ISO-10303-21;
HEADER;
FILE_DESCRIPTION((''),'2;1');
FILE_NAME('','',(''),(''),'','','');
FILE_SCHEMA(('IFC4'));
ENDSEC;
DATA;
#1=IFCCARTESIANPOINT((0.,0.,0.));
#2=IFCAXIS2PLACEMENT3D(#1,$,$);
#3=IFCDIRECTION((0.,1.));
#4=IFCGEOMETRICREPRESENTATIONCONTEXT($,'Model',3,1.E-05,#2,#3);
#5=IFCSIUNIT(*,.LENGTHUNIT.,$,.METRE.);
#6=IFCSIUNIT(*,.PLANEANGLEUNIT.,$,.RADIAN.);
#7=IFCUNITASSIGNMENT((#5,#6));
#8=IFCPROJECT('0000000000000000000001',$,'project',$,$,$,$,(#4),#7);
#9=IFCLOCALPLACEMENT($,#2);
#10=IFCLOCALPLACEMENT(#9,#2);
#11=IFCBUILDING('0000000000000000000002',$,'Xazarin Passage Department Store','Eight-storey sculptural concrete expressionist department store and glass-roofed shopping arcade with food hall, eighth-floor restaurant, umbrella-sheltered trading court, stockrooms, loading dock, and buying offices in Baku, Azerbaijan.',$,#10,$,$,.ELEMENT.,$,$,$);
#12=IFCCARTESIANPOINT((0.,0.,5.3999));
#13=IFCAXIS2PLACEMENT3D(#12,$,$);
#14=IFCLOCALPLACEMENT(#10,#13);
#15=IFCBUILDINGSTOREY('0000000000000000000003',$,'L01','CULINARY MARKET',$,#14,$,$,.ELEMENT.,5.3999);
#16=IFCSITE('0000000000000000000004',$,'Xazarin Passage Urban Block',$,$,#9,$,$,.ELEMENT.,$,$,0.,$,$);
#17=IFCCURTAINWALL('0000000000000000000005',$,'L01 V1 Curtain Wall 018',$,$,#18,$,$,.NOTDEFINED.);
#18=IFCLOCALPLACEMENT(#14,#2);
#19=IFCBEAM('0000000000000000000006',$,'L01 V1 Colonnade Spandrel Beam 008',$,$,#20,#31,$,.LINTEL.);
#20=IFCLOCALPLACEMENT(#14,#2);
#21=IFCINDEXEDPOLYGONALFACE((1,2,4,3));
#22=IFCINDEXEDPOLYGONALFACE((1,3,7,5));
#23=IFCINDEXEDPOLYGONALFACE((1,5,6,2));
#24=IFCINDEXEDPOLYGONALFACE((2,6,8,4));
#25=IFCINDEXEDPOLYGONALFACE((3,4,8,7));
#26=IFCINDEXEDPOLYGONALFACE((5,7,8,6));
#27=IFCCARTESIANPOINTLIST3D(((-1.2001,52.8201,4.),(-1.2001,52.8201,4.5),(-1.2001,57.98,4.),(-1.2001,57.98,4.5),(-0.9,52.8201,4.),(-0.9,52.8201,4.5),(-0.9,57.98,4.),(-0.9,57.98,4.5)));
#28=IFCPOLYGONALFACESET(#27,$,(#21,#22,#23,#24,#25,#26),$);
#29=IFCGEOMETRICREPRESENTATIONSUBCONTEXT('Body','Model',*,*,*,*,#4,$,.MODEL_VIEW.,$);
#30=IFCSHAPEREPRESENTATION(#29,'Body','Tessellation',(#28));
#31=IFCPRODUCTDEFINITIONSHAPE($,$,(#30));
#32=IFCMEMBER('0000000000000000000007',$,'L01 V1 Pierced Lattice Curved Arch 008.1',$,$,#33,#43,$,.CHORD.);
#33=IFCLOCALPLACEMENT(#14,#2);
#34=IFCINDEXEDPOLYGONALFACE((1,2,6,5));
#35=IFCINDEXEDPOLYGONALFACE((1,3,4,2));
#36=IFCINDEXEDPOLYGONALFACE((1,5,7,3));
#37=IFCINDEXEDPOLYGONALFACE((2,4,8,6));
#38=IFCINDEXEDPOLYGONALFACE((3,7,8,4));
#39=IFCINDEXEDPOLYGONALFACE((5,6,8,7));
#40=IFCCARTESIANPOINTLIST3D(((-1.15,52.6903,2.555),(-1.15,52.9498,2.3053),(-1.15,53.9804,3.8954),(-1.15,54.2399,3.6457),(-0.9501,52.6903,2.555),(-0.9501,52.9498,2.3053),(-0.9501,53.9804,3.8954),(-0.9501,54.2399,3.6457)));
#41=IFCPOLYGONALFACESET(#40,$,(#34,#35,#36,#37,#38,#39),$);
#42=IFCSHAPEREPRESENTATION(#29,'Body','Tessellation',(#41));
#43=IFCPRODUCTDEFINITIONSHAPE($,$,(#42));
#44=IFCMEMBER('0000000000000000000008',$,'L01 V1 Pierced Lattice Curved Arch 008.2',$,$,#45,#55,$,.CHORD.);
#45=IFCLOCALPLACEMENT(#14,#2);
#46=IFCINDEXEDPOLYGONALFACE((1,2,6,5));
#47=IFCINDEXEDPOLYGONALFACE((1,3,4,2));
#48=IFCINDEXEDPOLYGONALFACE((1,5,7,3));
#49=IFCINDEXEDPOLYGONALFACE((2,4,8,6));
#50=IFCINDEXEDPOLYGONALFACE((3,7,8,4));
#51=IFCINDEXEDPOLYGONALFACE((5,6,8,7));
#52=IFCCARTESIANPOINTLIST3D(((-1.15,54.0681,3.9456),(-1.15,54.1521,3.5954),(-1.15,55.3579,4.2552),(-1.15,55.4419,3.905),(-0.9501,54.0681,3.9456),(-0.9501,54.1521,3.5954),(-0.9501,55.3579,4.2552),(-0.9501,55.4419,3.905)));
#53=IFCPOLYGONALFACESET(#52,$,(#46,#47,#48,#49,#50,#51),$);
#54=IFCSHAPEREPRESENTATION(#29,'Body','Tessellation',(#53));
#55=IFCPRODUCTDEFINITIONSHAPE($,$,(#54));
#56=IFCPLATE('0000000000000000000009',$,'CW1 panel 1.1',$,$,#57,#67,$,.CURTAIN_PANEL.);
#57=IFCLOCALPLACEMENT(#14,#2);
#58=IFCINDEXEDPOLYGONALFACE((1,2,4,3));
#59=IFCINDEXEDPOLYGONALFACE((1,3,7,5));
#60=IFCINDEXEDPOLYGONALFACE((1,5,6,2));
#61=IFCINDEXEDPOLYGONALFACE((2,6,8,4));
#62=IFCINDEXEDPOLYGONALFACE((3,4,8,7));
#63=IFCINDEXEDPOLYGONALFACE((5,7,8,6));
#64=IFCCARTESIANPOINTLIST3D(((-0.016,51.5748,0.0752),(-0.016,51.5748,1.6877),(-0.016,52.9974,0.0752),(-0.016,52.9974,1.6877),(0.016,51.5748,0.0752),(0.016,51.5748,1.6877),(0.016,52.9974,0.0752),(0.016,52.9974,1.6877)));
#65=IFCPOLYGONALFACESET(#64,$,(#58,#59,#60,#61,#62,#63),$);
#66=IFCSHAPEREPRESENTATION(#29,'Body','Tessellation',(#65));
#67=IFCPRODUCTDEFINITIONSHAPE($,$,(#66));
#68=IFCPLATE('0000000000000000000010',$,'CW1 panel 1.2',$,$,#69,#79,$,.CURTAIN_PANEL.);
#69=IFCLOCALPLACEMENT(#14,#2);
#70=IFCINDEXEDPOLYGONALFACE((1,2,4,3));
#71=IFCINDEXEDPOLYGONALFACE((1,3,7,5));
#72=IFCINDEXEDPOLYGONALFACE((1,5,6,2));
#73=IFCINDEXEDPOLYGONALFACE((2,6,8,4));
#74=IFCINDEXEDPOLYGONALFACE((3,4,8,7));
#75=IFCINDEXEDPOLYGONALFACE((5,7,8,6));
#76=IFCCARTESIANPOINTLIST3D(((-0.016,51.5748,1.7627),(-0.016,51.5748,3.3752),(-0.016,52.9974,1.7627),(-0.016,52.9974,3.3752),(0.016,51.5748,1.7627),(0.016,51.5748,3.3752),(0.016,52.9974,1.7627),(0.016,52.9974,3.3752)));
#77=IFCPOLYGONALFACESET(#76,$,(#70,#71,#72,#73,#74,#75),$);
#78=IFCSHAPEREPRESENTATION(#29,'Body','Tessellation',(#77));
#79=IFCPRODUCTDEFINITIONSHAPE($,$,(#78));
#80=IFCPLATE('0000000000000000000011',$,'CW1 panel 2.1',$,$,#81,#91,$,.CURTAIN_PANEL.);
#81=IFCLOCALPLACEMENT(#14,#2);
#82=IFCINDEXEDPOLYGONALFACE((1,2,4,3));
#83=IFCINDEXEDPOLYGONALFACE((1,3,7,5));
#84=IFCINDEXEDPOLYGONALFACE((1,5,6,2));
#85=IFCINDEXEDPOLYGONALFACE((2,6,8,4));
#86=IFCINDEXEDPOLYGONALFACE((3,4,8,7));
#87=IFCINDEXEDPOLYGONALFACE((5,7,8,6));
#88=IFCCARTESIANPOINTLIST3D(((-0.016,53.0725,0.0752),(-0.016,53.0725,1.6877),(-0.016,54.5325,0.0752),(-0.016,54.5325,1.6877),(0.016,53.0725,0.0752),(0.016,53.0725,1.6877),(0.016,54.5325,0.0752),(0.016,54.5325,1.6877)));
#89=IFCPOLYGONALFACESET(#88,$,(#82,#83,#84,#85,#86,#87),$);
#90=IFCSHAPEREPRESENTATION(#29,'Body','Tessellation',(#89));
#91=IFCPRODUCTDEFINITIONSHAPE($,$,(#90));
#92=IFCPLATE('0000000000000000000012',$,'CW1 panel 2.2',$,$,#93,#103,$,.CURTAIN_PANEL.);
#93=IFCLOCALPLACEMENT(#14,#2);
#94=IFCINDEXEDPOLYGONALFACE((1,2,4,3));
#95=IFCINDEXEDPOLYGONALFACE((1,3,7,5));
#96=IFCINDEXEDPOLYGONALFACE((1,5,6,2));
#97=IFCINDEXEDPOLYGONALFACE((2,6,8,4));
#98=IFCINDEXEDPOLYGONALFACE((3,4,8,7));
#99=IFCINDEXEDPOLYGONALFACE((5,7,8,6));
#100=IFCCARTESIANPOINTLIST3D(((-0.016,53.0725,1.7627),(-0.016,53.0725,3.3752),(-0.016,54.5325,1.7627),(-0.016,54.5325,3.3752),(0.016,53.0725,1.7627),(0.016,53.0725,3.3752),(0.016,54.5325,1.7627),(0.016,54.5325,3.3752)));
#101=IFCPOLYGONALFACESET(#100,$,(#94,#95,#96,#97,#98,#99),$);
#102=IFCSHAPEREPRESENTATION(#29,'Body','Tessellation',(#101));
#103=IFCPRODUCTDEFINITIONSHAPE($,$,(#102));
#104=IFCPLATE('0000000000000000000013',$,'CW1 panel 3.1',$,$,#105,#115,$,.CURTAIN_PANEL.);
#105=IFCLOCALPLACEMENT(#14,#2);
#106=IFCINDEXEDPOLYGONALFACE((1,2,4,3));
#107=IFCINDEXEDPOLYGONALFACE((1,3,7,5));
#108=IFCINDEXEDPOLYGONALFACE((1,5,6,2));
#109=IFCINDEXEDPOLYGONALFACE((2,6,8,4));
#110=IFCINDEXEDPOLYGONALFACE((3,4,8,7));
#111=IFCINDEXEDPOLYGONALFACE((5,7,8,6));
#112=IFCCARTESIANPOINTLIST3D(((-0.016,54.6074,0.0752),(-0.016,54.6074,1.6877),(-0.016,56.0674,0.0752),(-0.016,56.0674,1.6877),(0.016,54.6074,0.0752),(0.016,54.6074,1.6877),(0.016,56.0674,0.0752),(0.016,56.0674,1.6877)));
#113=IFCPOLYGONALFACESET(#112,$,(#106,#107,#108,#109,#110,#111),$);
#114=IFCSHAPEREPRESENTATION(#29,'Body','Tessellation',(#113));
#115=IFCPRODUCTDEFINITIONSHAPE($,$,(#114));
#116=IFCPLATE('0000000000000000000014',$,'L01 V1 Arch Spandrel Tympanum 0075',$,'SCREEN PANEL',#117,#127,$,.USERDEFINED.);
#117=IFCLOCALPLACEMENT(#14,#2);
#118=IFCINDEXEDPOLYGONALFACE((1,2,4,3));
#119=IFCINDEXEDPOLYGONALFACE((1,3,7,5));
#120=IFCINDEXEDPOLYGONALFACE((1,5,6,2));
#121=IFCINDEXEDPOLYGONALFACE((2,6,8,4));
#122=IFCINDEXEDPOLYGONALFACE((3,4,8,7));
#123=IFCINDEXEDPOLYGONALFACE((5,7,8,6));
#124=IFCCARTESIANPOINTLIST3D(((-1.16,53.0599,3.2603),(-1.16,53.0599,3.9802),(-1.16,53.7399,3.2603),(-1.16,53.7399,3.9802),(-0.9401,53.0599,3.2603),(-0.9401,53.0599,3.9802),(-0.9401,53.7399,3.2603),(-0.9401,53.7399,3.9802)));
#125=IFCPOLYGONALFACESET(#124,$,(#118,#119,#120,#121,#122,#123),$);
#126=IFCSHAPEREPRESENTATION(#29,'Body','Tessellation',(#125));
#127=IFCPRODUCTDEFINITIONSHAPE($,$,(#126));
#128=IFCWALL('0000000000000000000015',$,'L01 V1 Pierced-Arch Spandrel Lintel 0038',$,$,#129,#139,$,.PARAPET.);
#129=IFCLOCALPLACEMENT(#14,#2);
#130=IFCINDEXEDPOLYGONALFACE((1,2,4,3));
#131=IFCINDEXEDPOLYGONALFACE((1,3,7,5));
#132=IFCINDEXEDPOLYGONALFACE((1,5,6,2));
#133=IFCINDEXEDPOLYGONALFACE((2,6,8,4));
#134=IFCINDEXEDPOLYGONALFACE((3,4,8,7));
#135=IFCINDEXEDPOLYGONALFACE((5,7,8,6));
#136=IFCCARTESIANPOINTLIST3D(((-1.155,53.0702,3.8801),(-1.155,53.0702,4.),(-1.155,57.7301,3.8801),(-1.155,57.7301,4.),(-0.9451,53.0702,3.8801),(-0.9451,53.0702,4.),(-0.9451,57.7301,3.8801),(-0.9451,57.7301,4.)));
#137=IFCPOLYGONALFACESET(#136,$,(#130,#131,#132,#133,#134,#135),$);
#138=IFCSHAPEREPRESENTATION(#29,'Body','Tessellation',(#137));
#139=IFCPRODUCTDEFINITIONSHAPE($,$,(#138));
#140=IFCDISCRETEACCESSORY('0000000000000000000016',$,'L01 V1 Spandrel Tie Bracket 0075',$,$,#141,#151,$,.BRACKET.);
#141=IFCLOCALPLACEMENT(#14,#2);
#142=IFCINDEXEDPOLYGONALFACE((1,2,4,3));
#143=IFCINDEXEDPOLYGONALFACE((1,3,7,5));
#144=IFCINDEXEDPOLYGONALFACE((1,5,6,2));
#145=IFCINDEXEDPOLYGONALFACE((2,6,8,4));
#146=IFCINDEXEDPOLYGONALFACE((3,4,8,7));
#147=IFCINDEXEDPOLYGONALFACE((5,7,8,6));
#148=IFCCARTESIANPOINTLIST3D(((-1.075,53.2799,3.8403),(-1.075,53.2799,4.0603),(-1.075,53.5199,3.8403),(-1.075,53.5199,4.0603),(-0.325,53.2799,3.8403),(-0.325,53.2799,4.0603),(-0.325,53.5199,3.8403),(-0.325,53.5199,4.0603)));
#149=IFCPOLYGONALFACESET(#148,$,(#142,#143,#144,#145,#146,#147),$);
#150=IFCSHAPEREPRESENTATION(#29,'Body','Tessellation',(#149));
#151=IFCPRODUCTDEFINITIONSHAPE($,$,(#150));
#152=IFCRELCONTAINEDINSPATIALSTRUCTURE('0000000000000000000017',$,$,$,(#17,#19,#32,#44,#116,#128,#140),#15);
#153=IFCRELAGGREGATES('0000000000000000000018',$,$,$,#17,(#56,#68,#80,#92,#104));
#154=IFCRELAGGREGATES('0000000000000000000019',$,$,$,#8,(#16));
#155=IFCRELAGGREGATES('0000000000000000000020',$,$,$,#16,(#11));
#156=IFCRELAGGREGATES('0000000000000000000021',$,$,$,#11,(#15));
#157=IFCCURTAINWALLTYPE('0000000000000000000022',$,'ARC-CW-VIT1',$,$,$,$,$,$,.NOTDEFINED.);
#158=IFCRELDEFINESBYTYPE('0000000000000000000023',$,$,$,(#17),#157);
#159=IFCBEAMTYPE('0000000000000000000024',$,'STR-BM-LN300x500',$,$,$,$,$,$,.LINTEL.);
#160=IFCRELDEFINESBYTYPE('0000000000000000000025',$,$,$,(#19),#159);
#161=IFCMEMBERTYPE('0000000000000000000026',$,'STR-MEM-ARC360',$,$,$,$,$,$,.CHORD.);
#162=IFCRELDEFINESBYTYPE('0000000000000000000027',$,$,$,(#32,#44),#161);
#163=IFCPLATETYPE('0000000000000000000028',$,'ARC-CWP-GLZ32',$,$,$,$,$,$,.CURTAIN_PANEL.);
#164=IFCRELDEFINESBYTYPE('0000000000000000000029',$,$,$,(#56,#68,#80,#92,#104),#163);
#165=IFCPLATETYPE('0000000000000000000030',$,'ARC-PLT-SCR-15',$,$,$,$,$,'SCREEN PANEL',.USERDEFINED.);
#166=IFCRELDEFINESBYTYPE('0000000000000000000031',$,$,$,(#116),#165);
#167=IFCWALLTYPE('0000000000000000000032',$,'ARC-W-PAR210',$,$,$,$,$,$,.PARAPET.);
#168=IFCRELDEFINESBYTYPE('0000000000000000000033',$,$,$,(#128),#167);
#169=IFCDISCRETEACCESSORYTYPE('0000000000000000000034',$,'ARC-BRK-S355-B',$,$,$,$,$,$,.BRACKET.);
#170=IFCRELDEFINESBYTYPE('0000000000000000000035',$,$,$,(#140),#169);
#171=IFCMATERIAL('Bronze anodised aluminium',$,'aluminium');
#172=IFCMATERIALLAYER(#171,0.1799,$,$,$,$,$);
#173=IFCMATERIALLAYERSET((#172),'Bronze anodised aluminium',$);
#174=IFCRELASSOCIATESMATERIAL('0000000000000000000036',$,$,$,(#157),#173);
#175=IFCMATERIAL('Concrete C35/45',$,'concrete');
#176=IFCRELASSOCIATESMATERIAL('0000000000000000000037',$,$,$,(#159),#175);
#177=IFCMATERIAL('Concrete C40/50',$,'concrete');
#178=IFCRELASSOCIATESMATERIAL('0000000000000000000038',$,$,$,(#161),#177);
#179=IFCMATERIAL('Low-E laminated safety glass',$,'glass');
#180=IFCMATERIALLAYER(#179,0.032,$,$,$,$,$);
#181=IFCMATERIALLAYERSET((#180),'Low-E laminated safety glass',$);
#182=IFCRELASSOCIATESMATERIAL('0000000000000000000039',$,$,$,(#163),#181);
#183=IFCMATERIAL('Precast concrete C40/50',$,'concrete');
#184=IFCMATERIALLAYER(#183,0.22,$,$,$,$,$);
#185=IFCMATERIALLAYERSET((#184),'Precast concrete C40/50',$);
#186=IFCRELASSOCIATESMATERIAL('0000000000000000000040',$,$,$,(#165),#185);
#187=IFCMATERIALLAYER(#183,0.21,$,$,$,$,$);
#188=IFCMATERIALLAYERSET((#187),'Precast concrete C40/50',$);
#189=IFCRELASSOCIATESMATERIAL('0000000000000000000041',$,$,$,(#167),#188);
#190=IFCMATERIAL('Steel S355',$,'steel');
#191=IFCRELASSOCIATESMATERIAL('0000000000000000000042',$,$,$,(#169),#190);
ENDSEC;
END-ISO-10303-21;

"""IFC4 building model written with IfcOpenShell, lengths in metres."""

from ifc_helpers import new_model, si_unit, direction, frame, frame_2d, origin, origin_2d, place, context, subcontext, project, spatial, rectangle, extrude, material, layer, layer_set, material_profile, profile_set, type_object, element, aggregate, save


model = new_model("IFC4")

# Units and contexts
model_context = context("Model", 3, precision=1e-05, world=origin(), true_north=direction((0.0, 1.0)))
body_context = subcontext(model_context, "Body", "Model", "MODEL_VIEW")
ifc_project = project(units=[si_unit("LENGTHUNIT", "METRE"), si_unit("PLANEANGLEUNIT", "RADIAN")], contexts=[model_context])

# Site, building, storey
site_placement = place(None, origin())
site = spatial("IfcSite", under=ifc_project, at=site_placement, Name="Xazarin Passage Urban Block", CompositionType="ELEMENT", RefElevation=0.0)
building_placement = place(site_placement, origin())
building = spatial("IfcBuilding", under=site, at=building_placement, Name="Xazarin Passage Department Store", Description="Eight-storey sculptural concrete expressionist department store and glass-roofed shopping arcade with food hall, eighth-floor restaurant, umbrella-sheltered trading court, stockrooms, loading dock, and buying offices in Baku, Azerbaijan.", CompositionType="ELEMENT")
storey_placement = place(building_placement, frame((0.0, 0.0, 5.3999)))
storey = spatial("IfcBuildingStorey", under=building, at=storey_placement, Name="L01", Description="CULINARY MARKET", CompositionType="ELEMENT", Elevation=5.3999)

# Shared definitions
ifc_material_1 = material(Name="Concrete C40/50", Category="concrete")

# Curtain wall
ifc_material_2 = material(Name="Bronze anodised aluminium", Category="aluminium")
ifc_layer_1 = layer(ifc_material_2, 0.1799)
ifc_layer_set_1 = layer_set([ifc_layer_1], Name="Bronze anodised aluminium")
curtain_wall_type = type_object("IfcCurtainWallType", Name="ARC-CW-VIT1", PredefinedType="NOTDEFINED", material=ifc_layer_set_1)
curtain_wall_placement = place(storey_placement, origin())
curtain_wall = element("IfcCurtainWall", 1, at=curtain_wall_placement, inside=storey, type_object=curtain_wall_type, Name="L01 V1 Curtain Wall 018", PredefinedType="NOTDEFINED")

# Beam
ifc_material_3 = material(Name="Concrete C35/45", Category="concrete")
ifc_material_profile_1 = material_profile(ifc_material_3, rectangle(XDim=0.3, YDim=0.5, at=origin_2d()), Name="RC 300x500")
ifc_profile_set_1 = profile_set([ifc_material_profile_1], Name="Concrete C35/45")
beam_type = type_object("IfcBeamType", Name="STR-BM-LN300x500", PredefinedType="LINTEL", material=ifc_profile_set_1)
beam_1_placement = place(storey_placement, frame((-1.05, 52.8201, 4.25), z_axis=(0.0, 1.0, 0.0), x_axis=(-1.0, 0.0, 0.0)))
element("IfcBeam", 2, at=beam_1_placement, inside=storey, type_object=beam_type, Name="L01 V1 Colonnade Spandrel Beam 008", PredefinedType="LINTEL", context=body_context, shape_type="SweptSolid", body=[
    extrude(rectangle(XDim=0.3, YDim=0.5, at=origin_2d()), origin(), (0.0, 0.0, 1.0), 5.1599),
])

# Members
ifc_material_profile_2 = material_profile(ifc_material_1, rectangle(XDim=0.2, YDim=0.3601, at=origin_2d()), Name="RC 200x360")
ifc_profile_set_2 = profile_set([ifc_material_profile_2], Name="Concrete C40/50")
member_type_1 = type_object("IfcMemberType", Name="STR-MEM-ARC360", PredefinedType="CHORD", material=ifc_profile_set_2)
member_1_placement = place(storey_placement, frame((-1.05, 52.8201, 2.4302), z_axis=(0.0, 0.69346, 0.720495), x_axis=(-1.0, 0.0, 0.0)))
element("IfcMember", 3, at=member_1_placement, inside=storey, type_object=member_type_1, Name="L01 V1 Pierced Lattice Curved Arch 008.1", PredefinedType="CHORD", context=body_context, shape_type="SweptSolid", body=[
    extrude(rectangle(XDim=0.2, YDim=0.3601, at=origin_2d()), origin(), (0.0, 0.0, 1.0), 1.8604),
])
member_2_placement = place(storey_placement, frame((-1.05, 54.1101, 3.7705), z_axis=(0.0, 0.972384, 0.233387), x_axis=(-1.0, 0.0, 0.0)))
element("IfcMember", 4, at=member_2_placement, inside=storey, type_object=member_type_1, Name="L01 V1 Pierced Lattice Curved Arch 008.2", PredefinedType="CHORD", context=body_context, shape_type="SweptSolid", body=[
    extrude(rectangle(XDim=0.2, YDim=0.3601, at=origin_2d()), origin(), (0.0, 0.0, 1.0), 1.3264),
])

# Plates
ifc_material_4 = material(Name="Low-E laminated safety glass", Category="glass")
ifc_layer_2 = layer(ifc_material_4, 0.032)
ifc_layer_set_2 = layer_set([ifc_layer_2], Name="Low-E laminated safety glass")
plate_type_1 = type_object("IfcPlateType", Name="ARC-CWP-GLZ32", PredefinedType="CURTAIN_PANEL", material=ifc_layer_set_2)
plate_1_placement = place(storey_placement, frame((0.0, 52.2861, 0.0752), z_axis=(0.0, 0.0, 1.0), x_axis=(0.0, 1.0, 0.0)))
plate_1 = element("IfcPlate", 5, at=plate_1_placement, type_object=plate_type_1, Name="CW1 panel 1.1", PredefinedType="CURTAIN_PANEL", context=body_context, shape_type="SweptSolid", body=[
    extrude(rectangle(XDim=1.4226, YDim=0.032, at=origin_2d()), origin(), (0.0, 0.0, 1.0), 1.6125),
])
plate_2_placement = place(storey_placement, frame((0.0, 52.2861, 1.7627), z_axis=(0.0, 0.0, 1.0), x_axis=(0.0, 1.0, 0.0)))
plate_2 = element("IfcPlate", 6, at=plate_2_placement, type_object=plate_type_1, Name="CW1 panel 1.2", PredefinedType="CURTAIN_PANEL", context=body_context, shape_type="SweptSolid", body=[
    extrude(rectangle(XDim=1.4226, YDim=0.032, at=origin_2d()), origin(), (0.0, 0.0, 1.0), 1.6125),
])
plate_3_placement = place(storey_placement, frame((0.0, 53.8025, 0.0752), z_axis=(0.0, 0.0, 1.0), x_axis=(0.0, 1.0, 0.0)))
plate_3 = element("IfcPlate", 7, at=plate_3_placement, type_object=plate_type_1, Name="CW1 panel 2.1", PredefinedType="CURTAIN_PANEL", context=body_context, shape_type="SweptSolid", body=[
    extrude(rectangle(XDim=1.46, YDim=0.032, at=origin_2d()), origin(), (0.0, 0.0, 1.0), 1.6125),
])
plate_4_placement = place(storey_placement, frame((0.0, 53.8025, 1.7627), z_axis=(0.0, 0.0, 1.0), x_axis=(0.0, 1.0, 0.0)))
plate_4 = element("IfcPlate", 8, at=plate_4_placement, type_object=plate_type_1, Name="CW1 panel 2.2", PredefinedType="CURTAIN_PANEL", context=body_context, shape_type="SweptSolid", body=[
    extrude(rectangle(XDim=1.46, YDim=0.032, at=origin_2d()), origin(), (0.0, 0.0, 1.0), 1.6125),
])
plate_5_placement = place(storey_placement, frame((0.0, 55.3374, 0.0752), z_axis=(0.0, 0.0, 1.0), x_axis=(0.0, 1.0, 0.0)))
plate_5 = element("IfcPlate", 9, at=plate_5_placement, type_object=plate_type_1, Name="CW1 panel 3.1", PredefinedType="CURTAIN_PANEL", context=body_context, shape_type="SweptSolid", body=[
    extrude(rectangle(XDim=1.46, YDim=0.032, at=origin_2d()), origin(), (0.0, 0.0, 1.0), 1.6125),
])
aggregate(curtain_wall, [plate_1, plate_2, plate_3, plate_4, plate_5])
ifc_material_5 = material(Name="Precast concrete C40/50", Category="concrete")
ifc_layer_3 = layer(ifc_material_5, 0.22)
ifc_layer_set_3 = layer_set([ifc_layer_3], Name="Precast concrete C40/50")
plate_type_2 = type_object("IfcPlateType", Name="ARC-PLT-SCR-15", ElementType="SCREEN PANEL", PredefinedType="USERDEFINED", material=ifc_layer_set_3)
plate_6_placement = place(storey_placement, frame((-1.05, 53.3999, 3.2603), z_axis=(0.0, 0.0, 1.0), x_axis=(0.0, 1.0, 0.0)))
element("IfcPlate", 10, at=plate_6_placement, inside=storey, type_object=plate_type_2, Name="L01 V1 Arch Spandrel Tympanum 0075", ObjectType="SCREEN PANEL", PredefinedType="USERDEFINED", context=body_context, shape_type="SweptSolid", body=[
    extrude(rectangle(XDim=0.6799, YDim=0.22, at=origin_2d()), origin(), (0.0, 0.0, 1.0), 0.72),
])

# Wall
ifc_layer_4 = layer(ifc_material_5, 0.21)
ifc_layer_set_4 = layer_set([ifc_layer_4], Name="Precast concrete C40/50")
wall_type = type_object("IfcWallType", Name="ARC-W-PAR210", PredefinedType="PARAPET", material=ifc_layer_set_4)
wall_placement = place(storey_placement, frame((-1.05, 53.0701, 3.8801), z_axis=(0.0, 0.0, 1.0), x_axis=(0.0, 1.0, 0.0)))
element("IfcWall", 11, at=wall_placement, inside=storey, type_object=wall_type, Name="L01 V1 Pierced-Arch Spandrel Lintel 0038", PredefinedType="PARAPET", context=body_context, shape_type="SweptSolid", body=[
    extrude(rectangle(XDim=4.6599, YDim=0.21, at=frame_2d((2.3301, 0.0))), origin(), (0.0, 0.0, 1.0), 0.1199),
])

# Discrete accessory
ifc_material_6 = material(Name="Steel S355", Category="steel")
discrete_accessory_type = type_object("IfcDiscreteAccessoryType", Name="ARC-BRK-S355-B", PredefinedType="BRACKET", material=ifc_material_6)
discrete_accessory_placement = place(storey_placement, frame((-0.7, 53.3999, 3.8403), z_axis=(0.0, 0.0, 1.0), x_axis=(0.0, 1.0, 0.0)))
element("IfcDiscreteAccessory", 12, at=discrete_accessory_placement, inside=storey, type_object=discrete_accessory_type, Name="L01 V1 Spandrel Tie Bracket 0075", PredefinedType="BRACKET", context=body_context, shape_type="SweptSolid", body=[
    extrude(rectangle(XDim=0.24, YDim=0.75, at=origin_2d()), origin(), (0.0, 0.0, 1.0), 0.22),
])

save(model, "model.ifc")
